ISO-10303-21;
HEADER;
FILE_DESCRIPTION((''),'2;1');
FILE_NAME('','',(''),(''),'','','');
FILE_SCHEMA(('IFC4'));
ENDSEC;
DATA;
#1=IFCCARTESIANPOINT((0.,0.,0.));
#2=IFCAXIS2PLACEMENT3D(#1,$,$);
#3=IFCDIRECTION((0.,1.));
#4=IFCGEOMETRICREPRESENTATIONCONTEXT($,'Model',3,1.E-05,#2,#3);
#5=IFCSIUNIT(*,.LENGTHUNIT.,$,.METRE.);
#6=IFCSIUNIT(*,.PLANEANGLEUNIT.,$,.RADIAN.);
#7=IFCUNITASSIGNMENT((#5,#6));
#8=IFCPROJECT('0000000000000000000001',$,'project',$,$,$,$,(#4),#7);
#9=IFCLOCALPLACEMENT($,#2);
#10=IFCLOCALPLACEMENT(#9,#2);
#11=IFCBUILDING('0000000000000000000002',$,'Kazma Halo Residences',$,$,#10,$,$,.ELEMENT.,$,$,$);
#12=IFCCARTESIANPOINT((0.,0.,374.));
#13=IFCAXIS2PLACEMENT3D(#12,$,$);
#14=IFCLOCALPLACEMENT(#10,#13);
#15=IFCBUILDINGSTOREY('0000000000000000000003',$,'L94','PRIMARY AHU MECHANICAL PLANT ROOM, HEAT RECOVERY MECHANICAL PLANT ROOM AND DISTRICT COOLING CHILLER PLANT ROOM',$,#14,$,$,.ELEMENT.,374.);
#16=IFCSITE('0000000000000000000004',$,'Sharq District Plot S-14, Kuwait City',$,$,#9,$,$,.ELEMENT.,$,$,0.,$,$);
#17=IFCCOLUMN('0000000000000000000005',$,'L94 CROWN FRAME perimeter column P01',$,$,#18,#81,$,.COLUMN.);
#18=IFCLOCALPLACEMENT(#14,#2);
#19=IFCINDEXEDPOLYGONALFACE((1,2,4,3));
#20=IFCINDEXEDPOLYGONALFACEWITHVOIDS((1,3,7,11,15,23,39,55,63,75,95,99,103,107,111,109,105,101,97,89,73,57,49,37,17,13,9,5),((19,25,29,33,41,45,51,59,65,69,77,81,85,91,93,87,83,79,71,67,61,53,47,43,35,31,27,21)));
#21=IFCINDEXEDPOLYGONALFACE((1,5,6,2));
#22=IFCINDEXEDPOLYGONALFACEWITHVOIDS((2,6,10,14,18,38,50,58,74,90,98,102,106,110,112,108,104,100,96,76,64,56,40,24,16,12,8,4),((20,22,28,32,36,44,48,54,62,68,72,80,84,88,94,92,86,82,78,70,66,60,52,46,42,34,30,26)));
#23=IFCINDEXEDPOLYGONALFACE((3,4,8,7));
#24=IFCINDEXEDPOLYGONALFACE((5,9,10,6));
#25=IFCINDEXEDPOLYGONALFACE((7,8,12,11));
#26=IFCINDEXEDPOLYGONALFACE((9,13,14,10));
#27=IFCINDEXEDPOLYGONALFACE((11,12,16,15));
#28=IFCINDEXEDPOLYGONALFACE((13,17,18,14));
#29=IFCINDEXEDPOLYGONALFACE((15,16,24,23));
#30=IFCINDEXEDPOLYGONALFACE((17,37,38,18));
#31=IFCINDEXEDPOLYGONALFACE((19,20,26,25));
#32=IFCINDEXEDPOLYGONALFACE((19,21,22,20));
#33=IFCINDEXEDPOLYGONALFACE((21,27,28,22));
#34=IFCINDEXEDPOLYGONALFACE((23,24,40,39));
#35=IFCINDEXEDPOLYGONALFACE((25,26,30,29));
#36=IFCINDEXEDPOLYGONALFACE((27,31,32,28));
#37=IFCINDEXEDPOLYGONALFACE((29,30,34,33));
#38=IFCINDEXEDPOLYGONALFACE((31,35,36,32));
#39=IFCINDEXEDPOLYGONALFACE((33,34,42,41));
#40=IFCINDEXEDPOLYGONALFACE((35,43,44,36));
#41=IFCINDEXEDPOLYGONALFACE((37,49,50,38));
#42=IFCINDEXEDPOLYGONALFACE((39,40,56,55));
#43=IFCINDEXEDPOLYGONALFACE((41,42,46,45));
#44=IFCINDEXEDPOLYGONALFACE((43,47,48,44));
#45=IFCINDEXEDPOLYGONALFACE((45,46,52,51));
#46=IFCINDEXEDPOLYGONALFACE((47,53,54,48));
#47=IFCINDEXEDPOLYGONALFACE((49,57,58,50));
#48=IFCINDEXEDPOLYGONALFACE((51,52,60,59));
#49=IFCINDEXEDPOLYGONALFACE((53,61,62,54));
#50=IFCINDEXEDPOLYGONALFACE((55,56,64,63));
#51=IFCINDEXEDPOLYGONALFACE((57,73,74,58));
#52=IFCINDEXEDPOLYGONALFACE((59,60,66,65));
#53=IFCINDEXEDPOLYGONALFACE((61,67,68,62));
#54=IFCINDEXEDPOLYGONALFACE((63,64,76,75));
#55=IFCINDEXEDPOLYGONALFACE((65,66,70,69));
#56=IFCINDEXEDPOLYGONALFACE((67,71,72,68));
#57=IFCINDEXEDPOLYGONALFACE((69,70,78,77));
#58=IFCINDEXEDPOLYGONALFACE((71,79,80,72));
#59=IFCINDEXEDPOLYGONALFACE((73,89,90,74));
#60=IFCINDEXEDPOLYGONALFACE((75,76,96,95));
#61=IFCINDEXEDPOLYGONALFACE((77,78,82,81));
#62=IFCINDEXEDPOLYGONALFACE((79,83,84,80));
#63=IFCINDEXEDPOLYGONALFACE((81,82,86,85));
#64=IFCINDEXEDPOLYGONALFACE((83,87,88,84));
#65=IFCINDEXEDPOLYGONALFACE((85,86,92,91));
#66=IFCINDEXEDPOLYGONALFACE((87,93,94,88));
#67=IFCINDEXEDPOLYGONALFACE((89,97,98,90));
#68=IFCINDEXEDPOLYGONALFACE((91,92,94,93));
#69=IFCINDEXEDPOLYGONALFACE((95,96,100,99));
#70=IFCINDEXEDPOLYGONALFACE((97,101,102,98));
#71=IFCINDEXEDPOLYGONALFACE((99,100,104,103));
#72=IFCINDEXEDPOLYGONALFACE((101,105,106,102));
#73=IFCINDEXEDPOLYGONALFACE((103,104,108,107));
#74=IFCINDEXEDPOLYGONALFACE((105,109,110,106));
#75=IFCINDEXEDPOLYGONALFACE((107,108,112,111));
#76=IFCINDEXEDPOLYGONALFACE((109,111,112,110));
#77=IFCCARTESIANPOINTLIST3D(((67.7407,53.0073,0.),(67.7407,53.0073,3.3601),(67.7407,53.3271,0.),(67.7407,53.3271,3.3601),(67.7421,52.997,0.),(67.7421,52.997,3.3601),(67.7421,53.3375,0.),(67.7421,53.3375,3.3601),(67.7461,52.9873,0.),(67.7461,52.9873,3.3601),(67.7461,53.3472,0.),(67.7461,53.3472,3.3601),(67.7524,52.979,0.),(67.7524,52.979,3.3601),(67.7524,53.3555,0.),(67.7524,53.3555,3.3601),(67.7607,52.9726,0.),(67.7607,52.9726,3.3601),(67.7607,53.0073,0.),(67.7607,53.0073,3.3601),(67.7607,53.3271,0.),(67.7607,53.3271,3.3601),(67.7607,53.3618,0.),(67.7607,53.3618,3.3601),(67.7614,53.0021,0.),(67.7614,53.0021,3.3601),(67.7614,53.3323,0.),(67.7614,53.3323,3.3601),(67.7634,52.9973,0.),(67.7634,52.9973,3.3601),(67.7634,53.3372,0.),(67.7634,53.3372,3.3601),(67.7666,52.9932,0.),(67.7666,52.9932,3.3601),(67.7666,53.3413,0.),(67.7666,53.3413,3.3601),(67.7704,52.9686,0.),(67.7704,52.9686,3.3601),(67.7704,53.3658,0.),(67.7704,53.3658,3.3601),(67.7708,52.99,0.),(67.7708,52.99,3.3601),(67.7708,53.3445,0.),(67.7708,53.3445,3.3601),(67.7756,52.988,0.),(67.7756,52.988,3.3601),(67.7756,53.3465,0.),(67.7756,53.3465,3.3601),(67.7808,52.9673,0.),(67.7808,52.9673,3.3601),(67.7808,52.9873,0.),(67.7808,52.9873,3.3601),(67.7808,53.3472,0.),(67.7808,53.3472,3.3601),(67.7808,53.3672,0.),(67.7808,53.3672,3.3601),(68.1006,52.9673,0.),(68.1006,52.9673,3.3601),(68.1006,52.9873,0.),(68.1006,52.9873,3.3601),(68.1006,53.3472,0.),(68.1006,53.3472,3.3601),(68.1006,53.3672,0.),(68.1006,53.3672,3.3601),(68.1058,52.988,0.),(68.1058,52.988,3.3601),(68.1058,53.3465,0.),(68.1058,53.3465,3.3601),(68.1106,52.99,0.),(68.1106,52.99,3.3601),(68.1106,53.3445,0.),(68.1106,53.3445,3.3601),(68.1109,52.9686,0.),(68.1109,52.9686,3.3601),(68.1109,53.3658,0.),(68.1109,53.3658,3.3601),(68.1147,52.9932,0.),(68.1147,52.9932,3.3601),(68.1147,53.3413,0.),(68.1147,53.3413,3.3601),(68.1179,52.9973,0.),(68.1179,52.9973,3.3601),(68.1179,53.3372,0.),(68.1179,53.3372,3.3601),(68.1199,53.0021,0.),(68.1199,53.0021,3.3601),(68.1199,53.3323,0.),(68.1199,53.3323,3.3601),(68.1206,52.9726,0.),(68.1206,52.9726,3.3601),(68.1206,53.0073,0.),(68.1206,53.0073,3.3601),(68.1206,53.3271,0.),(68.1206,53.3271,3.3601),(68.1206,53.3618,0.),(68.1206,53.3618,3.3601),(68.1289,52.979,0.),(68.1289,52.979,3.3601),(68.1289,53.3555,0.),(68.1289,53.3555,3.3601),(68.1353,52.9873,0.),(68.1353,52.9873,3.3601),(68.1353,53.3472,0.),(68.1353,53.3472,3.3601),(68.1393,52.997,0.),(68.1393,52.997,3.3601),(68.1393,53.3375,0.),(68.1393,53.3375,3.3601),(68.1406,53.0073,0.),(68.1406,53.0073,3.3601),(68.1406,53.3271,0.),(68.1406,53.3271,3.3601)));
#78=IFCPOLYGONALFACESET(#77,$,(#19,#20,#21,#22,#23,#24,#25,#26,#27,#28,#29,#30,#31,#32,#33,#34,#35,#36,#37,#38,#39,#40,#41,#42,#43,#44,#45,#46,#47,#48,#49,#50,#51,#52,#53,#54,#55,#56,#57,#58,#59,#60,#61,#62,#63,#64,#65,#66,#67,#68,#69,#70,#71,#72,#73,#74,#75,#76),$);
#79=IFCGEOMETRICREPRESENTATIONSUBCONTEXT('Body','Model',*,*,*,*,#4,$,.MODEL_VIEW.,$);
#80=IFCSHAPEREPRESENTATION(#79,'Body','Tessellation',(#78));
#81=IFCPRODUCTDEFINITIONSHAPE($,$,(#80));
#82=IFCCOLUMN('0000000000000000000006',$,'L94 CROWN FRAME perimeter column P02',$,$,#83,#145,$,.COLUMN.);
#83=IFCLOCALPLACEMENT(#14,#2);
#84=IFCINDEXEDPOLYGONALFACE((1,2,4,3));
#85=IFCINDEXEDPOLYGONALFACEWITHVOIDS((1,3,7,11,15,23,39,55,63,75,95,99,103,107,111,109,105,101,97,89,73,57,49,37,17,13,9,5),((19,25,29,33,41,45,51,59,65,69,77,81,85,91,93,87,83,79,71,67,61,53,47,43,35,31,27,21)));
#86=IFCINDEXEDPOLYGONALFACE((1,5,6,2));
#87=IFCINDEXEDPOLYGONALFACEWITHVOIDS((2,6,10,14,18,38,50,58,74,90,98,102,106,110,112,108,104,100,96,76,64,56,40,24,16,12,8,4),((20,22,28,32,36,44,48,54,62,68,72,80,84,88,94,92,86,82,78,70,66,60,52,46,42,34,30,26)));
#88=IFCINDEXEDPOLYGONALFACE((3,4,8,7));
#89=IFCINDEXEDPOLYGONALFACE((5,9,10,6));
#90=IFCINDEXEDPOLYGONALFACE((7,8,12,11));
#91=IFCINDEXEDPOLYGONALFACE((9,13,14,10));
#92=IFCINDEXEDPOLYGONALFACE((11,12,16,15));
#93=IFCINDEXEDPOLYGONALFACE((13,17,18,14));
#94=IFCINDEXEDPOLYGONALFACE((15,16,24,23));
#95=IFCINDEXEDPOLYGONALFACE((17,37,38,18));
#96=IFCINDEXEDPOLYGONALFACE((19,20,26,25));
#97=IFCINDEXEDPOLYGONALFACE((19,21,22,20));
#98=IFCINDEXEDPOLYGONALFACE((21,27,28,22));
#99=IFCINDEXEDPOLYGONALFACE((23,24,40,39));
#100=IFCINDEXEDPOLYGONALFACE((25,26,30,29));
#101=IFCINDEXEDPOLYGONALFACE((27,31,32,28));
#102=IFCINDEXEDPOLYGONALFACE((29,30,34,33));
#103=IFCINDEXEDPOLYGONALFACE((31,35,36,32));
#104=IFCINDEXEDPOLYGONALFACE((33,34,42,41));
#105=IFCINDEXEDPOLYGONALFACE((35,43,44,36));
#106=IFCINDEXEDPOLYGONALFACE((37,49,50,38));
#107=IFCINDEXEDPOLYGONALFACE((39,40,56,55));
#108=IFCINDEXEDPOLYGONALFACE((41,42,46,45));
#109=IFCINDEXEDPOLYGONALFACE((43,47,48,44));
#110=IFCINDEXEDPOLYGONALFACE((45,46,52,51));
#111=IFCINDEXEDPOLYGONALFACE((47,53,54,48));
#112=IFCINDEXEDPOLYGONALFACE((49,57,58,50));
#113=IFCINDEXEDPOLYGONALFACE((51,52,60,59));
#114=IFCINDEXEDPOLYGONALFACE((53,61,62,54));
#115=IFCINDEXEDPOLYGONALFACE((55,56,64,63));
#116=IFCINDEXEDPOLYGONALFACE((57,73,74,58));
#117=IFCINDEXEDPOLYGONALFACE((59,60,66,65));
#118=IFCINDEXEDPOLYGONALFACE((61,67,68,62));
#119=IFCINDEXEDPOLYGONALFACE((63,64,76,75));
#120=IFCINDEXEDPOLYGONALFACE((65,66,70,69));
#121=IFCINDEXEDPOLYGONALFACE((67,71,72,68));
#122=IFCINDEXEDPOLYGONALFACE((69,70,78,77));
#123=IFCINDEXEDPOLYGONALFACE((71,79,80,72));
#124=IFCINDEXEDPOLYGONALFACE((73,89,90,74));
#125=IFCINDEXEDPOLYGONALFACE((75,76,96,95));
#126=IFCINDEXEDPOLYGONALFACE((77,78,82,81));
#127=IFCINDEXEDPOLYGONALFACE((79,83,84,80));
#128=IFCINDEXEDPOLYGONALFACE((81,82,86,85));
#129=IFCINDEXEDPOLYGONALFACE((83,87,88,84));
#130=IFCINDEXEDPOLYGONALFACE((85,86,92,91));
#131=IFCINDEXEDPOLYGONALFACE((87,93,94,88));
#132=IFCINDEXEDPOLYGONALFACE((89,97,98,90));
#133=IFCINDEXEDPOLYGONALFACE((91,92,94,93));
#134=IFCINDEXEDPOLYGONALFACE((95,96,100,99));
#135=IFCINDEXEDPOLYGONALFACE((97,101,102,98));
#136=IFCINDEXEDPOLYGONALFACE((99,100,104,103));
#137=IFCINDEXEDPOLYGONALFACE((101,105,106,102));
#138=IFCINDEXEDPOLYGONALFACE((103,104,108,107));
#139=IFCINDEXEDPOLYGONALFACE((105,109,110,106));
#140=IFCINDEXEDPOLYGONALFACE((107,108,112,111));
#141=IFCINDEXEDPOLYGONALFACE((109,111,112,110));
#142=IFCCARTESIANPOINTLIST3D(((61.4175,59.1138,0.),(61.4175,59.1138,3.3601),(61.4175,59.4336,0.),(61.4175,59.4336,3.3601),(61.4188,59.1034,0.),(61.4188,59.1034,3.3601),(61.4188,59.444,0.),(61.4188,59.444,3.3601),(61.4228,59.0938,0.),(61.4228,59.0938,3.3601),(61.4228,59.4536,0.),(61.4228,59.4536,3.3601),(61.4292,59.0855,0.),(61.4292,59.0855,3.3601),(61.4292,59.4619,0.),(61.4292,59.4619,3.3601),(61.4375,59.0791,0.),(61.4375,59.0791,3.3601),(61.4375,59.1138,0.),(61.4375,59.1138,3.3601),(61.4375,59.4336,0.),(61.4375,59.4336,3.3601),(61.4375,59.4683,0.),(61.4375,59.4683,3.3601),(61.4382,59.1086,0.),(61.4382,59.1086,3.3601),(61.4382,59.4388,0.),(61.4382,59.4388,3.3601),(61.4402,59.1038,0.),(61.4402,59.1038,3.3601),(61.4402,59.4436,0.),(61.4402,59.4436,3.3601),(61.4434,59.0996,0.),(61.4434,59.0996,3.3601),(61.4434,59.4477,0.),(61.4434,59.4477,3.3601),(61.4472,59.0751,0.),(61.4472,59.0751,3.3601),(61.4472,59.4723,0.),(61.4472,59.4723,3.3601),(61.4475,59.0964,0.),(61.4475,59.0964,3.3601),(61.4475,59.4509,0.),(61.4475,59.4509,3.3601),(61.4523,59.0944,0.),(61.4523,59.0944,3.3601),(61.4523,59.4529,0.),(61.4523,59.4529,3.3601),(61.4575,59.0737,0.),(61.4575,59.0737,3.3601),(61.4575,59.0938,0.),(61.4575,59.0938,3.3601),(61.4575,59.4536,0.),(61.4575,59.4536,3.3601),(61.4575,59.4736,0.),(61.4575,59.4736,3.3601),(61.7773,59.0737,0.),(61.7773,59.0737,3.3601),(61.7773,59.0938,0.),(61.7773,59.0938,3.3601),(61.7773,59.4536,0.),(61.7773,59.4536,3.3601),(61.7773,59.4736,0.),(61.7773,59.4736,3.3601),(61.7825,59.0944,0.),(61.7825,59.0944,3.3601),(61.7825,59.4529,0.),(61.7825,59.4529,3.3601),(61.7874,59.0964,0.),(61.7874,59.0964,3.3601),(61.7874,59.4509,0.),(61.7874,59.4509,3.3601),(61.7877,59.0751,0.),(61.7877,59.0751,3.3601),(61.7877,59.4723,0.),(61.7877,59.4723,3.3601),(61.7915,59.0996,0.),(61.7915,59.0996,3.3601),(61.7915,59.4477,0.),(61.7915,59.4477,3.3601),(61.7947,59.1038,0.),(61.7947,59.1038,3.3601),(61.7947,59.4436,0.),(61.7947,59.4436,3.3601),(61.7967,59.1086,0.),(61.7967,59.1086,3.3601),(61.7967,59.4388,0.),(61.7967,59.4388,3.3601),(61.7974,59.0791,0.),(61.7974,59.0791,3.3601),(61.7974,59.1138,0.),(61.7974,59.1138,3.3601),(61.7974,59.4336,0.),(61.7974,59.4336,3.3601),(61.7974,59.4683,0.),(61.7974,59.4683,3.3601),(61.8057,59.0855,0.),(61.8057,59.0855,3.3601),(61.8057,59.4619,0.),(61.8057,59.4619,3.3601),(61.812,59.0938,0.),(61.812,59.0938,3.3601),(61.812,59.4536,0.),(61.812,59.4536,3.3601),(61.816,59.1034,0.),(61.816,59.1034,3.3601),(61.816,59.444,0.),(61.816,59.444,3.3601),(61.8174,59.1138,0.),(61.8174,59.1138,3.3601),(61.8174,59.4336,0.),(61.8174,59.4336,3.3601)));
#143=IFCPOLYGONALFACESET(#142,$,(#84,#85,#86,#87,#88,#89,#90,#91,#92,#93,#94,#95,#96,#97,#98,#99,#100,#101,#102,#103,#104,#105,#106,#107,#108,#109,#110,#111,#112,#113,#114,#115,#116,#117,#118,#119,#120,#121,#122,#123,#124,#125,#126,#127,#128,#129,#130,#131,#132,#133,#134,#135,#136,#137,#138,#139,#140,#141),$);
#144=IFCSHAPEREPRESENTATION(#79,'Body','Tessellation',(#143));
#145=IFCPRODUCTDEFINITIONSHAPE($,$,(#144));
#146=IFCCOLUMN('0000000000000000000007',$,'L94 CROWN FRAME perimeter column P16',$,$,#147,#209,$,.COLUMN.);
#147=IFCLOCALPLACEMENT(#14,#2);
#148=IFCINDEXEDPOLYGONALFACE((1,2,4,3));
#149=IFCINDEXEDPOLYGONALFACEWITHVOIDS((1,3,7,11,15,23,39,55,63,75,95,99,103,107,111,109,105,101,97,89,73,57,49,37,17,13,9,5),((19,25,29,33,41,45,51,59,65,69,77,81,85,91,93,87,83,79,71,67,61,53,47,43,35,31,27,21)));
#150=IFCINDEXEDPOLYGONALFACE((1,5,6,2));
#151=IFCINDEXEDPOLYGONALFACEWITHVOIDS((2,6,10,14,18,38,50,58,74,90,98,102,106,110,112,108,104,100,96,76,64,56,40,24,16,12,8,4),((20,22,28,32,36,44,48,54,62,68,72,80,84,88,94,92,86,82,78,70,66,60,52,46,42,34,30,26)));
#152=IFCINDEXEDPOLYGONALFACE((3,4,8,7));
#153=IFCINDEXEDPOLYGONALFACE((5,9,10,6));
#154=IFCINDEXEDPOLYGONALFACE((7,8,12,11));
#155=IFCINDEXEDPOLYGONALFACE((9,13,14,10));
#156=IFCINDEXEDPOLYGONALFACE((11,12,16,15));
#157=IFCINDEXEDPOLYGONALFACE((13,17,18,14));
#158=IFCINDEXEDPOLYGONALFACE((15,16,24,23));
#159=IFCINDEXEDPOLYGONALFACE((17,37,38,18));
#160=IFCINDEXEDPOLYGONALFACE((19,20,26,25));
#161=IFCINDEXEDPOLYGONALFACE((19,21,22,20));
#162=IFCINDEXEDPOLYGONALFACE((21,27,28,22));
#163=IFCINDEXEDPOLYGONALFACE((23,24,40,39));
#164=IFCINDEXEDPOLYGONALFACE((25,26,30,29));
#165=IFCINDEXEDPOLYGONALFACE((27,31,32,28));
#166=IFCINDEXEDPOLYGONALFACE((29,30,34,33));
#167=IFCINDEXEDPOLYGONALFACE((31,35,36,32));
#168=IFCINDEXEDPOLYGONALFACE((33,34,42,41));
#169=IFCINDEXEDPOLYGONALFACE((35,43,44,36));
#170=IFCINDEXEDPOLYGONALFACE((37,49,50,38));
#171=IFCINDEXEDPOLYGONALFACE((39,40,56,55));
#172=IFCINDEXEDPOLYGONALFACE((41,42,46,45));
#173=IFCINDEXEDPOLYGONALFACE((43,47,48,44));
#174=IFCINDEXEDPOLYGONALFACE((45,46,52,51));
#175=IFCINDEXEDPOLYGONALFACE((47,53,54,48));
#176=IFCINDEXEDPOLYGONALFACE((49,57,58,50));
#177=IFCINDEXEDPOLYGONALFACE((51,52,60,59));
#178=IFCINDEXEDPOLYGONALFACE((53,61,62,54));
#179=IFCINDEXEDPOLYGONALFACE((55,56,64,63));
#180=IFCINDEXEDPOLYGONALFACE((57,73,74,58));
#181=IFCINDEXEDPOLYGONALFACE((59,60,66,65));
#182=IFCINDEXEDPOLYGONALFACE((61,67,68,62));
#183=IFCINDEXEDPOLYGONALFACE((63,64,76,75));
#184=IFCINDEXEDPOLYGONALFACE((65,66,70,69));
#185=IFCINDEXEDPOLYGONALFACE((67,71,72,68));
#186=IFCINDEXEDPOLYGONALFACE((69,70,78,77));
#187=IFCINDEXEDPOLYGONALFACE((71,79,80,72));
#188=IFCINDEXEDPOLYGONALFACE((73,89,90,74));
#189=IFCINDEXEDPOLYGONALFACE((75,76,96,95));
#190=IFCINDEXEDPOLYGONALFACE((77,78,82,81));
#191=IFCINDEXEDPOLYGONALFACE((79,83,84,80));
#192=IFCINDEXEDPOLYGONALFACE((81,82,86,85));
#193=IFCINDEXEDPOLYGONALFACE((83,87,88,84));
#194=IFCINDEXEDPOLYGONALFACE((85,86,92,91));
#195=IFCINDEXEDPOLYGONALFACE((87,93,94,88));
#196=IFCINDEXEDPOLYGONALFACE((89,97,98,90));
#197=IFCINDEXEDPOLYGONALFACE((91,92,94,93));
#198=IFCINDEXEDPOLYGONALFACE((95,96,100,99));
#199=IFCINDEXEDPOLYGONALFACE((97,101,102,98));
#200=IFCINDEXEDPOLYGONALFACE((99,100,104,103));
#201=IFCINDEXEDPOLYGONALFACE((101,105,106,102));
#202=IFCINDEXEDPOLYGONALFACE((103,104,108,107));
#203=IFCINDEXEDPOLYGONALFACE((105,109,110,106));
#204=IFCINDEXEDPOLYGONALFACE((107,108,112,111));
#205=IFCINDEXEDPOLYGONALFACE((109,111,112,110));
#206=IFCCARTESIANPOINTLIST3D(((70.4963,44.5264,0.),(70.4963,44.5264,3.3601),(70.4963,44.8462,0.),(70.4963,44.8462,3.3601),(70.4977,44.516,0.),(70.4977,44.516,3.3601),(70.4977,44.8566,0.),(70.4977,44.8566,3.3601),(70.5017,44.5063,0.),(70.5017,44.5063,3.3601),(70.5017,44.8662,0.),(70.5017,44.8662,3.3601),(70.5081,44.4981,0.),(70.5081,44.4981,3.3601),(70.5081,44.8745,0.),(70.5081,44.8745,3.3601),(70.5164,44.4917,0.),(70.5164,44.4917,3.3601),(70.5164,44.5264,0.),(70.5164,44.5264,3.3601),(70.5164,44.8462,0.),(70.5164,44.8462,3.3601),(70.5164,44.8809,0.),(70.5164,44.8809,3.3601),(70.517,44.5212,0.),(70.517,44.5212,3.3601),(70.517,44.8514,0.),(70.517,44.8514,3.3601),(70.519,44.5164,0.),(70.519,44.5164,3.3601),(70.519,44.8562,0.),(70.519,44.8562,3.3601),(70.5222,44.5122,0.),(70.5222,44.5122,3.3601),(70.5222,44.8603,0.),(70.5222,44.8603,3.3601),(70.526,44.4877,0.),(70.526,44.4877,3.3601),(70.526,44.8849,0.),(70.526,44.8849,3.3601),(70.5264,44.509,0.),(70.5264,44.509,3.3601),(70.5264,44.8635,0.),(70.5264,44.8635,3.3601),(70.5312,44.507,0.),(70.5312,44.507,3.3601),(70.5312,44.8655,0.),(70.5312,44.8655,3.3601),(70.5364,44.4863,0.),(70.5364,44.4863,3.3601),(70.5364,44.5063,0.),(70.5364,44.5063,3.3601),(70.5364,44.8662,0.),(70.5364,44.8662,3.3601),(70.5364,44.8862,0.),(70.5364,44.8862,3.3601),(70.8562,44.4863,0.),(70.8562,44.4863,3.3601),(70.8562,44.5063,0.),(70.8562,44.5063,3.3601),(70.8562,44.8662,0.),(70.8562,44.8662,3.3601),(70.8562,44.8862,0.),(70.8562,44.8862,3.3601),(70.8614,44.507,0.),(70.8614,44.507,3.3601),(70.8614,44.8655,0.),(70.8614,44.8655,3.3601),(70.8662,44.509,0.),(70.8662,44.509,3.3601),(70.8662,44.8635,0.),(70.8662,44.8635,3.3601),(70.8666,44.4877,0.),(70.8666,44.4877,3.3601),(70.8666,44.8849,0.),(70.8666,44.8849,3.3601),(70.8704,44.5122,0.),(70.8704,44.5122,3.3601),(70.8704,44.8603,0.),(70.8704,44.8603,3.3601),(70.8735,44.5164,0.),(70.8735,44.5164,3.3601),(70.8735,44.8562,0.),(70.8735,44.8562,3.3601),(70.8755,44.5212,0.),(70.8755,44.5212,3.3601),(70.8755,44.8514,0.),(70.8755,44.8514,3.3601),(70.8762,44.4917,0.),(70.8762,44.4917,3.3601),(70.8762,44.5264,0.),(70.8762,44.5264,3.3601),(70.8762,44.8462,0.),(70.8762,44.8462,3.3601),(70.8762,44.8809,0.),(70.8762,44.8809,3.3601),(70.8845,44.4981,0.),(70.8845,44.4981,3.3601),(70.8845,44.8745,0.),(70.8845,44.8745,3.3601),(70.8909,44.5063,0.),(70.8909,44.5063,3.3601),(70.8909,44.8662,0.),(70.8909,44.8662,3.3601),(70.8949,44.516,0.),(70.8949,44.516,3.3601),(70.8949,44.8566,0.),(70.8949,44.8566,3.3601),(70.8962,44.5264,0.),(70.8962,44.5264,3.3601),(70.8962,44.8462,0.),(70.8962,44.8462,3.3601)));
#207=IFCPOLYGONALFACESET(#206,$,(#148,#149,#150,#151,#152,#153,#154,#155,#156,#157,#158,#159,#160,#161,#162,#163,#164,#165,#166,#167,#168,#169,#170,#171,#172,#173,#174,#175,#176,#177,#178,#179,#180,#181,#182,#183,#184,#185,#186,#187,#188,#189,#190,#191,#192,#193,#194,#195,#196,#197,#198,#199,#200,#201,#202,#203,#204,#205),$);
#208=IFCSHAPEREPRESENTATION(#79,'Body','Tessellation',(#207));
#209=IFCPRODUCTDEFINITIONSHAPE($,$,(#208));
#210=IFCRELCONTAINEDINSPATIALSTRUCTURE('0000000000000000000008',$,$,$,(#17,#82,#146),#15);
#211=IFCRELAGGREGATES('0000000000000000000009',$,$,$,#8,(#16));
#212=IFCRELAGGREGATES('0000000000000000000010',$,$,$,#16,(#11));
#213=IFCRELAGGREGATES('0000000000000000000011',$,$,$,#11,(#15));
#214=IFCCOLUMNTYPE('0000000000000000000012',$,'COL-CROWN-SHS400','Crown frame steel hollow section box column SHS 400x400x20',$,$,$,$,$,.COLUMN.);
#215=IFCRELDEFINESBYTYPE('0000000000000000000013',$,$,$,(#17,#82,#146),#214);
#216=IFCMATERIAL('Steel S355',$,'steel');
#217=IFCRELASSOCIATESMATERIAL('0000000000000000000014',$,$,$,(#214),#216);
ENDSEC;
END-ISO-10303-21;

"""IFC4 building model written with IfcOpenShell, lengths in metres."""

from ifc_helpers import new_model, si_unit, direction, frame, origin, origin_2d, place, context, subcontext, project, spatial, hollow_rectangle, extrude, material, material_profile, profile_set, type_object, element, save


model = new_model("IFC4")

# Units and contexts
model_context = context("Model", 3, precision=1e-05, world=origin(), true_north=direction((0.0, 1.0)))
body_context = subcontext(model_context, "Body", "Model", "MODEL_VIEW")
ifc_project = project(units=[si_unit("LENGTHUNIT", "METRE"), si_unit("PLANEANGLEUNIT", "RADIAN")], contexts=[model_context])

# Site, building, storey
site_placement = place(None, origin())
site = spatial("IfcSite", under=ifc_project, at=site_placement, Name="Sharq District Plot S-14, Kuwait City", CompositionType="ELEMENT", RefElevation=0.0)
building_placement = place(site_placement, origin())
building = spatial("IfcBuilding", under=site, at=building_placement, Name="Kazma Halo Residences", CompositionType="ELEMENT")
storey_placement = place(building_placement, frame((0.0, 0.0, 374.0)))
storey = spatial("IfcBuildingStorey", under=building, at=storey_placement, Name="L94", Description="PRIMARY AHU MECHANICAL PLANT ROOM, HEAT RECOVERY MECHANICAL PLANT ROOM AND DISTRICT COOLING CHILLER PLANT ROOM", CompositionType="ELEMENT", Elevation=374.0)

# Columns
ifc_material_1 = material(Name="Steel S355", Category="steel")
ifc_material_profile_1 = material_profile(ifc_material_1, hollow_rectangle(XDim=0.3999, YDim=0.3999, WallThickness=0.02, InnerFilletRadius=0.02, OuterFilletRadius=0.04, at=origin_2d()), Name="SHS400x400x20")
ifc_profile_set_1 = profile_set([ifc_material_profile_1], Name="Steel S355")
column_type = type_object("IfcColumnType", Name="COL-CROWN-SHS400", Description="Crown frame steel hollow section box column SHS 400x400x20", PredefinedType="COLUMN", material=ifc_profile_set_1)
for number, where, z_axis, x_axis, name in (
    (1, (67.9407, 53.1672, 0.0), (0.0, 0.0, 1.0), (1.0, 0.0, 0.0), "L94 CROWN FRAME perimeter column P01"),
    (2, (61.6174, 59.2737, 0.0), (0.0, 0.0, 1.0), (1.0, 0.0, 0.0), "L94 CROWN FRAME perimeter column P02"),
    (3, (70.6963, 44.6863, 0.0), (0.0, 0.0, 1.0), (1.0, 0.0, 0.0), "L94 CROWN FRAME perimeter column P16"),
):
    element("IfcColumn", number, at=place(storey_placement, frame(where, z_axis=z_axis, x_axis=x_axis)), inside=storey, type_object=column_type, Name=name, PredefinedType="COLUMN", context=body_context, shape_type="SweptSolid", body=[
        extrude(hollow_rectangle(XDim=0.3999, YDim=0.3999, WallThickness=0.02, InnerFilletRadius=0.02, OuterFilletRadius=0.04, at=origin_2d()), origin(), (0.0, 0.0, 1.0), 3.3601),
    ])

save(model, "model.ifc")
